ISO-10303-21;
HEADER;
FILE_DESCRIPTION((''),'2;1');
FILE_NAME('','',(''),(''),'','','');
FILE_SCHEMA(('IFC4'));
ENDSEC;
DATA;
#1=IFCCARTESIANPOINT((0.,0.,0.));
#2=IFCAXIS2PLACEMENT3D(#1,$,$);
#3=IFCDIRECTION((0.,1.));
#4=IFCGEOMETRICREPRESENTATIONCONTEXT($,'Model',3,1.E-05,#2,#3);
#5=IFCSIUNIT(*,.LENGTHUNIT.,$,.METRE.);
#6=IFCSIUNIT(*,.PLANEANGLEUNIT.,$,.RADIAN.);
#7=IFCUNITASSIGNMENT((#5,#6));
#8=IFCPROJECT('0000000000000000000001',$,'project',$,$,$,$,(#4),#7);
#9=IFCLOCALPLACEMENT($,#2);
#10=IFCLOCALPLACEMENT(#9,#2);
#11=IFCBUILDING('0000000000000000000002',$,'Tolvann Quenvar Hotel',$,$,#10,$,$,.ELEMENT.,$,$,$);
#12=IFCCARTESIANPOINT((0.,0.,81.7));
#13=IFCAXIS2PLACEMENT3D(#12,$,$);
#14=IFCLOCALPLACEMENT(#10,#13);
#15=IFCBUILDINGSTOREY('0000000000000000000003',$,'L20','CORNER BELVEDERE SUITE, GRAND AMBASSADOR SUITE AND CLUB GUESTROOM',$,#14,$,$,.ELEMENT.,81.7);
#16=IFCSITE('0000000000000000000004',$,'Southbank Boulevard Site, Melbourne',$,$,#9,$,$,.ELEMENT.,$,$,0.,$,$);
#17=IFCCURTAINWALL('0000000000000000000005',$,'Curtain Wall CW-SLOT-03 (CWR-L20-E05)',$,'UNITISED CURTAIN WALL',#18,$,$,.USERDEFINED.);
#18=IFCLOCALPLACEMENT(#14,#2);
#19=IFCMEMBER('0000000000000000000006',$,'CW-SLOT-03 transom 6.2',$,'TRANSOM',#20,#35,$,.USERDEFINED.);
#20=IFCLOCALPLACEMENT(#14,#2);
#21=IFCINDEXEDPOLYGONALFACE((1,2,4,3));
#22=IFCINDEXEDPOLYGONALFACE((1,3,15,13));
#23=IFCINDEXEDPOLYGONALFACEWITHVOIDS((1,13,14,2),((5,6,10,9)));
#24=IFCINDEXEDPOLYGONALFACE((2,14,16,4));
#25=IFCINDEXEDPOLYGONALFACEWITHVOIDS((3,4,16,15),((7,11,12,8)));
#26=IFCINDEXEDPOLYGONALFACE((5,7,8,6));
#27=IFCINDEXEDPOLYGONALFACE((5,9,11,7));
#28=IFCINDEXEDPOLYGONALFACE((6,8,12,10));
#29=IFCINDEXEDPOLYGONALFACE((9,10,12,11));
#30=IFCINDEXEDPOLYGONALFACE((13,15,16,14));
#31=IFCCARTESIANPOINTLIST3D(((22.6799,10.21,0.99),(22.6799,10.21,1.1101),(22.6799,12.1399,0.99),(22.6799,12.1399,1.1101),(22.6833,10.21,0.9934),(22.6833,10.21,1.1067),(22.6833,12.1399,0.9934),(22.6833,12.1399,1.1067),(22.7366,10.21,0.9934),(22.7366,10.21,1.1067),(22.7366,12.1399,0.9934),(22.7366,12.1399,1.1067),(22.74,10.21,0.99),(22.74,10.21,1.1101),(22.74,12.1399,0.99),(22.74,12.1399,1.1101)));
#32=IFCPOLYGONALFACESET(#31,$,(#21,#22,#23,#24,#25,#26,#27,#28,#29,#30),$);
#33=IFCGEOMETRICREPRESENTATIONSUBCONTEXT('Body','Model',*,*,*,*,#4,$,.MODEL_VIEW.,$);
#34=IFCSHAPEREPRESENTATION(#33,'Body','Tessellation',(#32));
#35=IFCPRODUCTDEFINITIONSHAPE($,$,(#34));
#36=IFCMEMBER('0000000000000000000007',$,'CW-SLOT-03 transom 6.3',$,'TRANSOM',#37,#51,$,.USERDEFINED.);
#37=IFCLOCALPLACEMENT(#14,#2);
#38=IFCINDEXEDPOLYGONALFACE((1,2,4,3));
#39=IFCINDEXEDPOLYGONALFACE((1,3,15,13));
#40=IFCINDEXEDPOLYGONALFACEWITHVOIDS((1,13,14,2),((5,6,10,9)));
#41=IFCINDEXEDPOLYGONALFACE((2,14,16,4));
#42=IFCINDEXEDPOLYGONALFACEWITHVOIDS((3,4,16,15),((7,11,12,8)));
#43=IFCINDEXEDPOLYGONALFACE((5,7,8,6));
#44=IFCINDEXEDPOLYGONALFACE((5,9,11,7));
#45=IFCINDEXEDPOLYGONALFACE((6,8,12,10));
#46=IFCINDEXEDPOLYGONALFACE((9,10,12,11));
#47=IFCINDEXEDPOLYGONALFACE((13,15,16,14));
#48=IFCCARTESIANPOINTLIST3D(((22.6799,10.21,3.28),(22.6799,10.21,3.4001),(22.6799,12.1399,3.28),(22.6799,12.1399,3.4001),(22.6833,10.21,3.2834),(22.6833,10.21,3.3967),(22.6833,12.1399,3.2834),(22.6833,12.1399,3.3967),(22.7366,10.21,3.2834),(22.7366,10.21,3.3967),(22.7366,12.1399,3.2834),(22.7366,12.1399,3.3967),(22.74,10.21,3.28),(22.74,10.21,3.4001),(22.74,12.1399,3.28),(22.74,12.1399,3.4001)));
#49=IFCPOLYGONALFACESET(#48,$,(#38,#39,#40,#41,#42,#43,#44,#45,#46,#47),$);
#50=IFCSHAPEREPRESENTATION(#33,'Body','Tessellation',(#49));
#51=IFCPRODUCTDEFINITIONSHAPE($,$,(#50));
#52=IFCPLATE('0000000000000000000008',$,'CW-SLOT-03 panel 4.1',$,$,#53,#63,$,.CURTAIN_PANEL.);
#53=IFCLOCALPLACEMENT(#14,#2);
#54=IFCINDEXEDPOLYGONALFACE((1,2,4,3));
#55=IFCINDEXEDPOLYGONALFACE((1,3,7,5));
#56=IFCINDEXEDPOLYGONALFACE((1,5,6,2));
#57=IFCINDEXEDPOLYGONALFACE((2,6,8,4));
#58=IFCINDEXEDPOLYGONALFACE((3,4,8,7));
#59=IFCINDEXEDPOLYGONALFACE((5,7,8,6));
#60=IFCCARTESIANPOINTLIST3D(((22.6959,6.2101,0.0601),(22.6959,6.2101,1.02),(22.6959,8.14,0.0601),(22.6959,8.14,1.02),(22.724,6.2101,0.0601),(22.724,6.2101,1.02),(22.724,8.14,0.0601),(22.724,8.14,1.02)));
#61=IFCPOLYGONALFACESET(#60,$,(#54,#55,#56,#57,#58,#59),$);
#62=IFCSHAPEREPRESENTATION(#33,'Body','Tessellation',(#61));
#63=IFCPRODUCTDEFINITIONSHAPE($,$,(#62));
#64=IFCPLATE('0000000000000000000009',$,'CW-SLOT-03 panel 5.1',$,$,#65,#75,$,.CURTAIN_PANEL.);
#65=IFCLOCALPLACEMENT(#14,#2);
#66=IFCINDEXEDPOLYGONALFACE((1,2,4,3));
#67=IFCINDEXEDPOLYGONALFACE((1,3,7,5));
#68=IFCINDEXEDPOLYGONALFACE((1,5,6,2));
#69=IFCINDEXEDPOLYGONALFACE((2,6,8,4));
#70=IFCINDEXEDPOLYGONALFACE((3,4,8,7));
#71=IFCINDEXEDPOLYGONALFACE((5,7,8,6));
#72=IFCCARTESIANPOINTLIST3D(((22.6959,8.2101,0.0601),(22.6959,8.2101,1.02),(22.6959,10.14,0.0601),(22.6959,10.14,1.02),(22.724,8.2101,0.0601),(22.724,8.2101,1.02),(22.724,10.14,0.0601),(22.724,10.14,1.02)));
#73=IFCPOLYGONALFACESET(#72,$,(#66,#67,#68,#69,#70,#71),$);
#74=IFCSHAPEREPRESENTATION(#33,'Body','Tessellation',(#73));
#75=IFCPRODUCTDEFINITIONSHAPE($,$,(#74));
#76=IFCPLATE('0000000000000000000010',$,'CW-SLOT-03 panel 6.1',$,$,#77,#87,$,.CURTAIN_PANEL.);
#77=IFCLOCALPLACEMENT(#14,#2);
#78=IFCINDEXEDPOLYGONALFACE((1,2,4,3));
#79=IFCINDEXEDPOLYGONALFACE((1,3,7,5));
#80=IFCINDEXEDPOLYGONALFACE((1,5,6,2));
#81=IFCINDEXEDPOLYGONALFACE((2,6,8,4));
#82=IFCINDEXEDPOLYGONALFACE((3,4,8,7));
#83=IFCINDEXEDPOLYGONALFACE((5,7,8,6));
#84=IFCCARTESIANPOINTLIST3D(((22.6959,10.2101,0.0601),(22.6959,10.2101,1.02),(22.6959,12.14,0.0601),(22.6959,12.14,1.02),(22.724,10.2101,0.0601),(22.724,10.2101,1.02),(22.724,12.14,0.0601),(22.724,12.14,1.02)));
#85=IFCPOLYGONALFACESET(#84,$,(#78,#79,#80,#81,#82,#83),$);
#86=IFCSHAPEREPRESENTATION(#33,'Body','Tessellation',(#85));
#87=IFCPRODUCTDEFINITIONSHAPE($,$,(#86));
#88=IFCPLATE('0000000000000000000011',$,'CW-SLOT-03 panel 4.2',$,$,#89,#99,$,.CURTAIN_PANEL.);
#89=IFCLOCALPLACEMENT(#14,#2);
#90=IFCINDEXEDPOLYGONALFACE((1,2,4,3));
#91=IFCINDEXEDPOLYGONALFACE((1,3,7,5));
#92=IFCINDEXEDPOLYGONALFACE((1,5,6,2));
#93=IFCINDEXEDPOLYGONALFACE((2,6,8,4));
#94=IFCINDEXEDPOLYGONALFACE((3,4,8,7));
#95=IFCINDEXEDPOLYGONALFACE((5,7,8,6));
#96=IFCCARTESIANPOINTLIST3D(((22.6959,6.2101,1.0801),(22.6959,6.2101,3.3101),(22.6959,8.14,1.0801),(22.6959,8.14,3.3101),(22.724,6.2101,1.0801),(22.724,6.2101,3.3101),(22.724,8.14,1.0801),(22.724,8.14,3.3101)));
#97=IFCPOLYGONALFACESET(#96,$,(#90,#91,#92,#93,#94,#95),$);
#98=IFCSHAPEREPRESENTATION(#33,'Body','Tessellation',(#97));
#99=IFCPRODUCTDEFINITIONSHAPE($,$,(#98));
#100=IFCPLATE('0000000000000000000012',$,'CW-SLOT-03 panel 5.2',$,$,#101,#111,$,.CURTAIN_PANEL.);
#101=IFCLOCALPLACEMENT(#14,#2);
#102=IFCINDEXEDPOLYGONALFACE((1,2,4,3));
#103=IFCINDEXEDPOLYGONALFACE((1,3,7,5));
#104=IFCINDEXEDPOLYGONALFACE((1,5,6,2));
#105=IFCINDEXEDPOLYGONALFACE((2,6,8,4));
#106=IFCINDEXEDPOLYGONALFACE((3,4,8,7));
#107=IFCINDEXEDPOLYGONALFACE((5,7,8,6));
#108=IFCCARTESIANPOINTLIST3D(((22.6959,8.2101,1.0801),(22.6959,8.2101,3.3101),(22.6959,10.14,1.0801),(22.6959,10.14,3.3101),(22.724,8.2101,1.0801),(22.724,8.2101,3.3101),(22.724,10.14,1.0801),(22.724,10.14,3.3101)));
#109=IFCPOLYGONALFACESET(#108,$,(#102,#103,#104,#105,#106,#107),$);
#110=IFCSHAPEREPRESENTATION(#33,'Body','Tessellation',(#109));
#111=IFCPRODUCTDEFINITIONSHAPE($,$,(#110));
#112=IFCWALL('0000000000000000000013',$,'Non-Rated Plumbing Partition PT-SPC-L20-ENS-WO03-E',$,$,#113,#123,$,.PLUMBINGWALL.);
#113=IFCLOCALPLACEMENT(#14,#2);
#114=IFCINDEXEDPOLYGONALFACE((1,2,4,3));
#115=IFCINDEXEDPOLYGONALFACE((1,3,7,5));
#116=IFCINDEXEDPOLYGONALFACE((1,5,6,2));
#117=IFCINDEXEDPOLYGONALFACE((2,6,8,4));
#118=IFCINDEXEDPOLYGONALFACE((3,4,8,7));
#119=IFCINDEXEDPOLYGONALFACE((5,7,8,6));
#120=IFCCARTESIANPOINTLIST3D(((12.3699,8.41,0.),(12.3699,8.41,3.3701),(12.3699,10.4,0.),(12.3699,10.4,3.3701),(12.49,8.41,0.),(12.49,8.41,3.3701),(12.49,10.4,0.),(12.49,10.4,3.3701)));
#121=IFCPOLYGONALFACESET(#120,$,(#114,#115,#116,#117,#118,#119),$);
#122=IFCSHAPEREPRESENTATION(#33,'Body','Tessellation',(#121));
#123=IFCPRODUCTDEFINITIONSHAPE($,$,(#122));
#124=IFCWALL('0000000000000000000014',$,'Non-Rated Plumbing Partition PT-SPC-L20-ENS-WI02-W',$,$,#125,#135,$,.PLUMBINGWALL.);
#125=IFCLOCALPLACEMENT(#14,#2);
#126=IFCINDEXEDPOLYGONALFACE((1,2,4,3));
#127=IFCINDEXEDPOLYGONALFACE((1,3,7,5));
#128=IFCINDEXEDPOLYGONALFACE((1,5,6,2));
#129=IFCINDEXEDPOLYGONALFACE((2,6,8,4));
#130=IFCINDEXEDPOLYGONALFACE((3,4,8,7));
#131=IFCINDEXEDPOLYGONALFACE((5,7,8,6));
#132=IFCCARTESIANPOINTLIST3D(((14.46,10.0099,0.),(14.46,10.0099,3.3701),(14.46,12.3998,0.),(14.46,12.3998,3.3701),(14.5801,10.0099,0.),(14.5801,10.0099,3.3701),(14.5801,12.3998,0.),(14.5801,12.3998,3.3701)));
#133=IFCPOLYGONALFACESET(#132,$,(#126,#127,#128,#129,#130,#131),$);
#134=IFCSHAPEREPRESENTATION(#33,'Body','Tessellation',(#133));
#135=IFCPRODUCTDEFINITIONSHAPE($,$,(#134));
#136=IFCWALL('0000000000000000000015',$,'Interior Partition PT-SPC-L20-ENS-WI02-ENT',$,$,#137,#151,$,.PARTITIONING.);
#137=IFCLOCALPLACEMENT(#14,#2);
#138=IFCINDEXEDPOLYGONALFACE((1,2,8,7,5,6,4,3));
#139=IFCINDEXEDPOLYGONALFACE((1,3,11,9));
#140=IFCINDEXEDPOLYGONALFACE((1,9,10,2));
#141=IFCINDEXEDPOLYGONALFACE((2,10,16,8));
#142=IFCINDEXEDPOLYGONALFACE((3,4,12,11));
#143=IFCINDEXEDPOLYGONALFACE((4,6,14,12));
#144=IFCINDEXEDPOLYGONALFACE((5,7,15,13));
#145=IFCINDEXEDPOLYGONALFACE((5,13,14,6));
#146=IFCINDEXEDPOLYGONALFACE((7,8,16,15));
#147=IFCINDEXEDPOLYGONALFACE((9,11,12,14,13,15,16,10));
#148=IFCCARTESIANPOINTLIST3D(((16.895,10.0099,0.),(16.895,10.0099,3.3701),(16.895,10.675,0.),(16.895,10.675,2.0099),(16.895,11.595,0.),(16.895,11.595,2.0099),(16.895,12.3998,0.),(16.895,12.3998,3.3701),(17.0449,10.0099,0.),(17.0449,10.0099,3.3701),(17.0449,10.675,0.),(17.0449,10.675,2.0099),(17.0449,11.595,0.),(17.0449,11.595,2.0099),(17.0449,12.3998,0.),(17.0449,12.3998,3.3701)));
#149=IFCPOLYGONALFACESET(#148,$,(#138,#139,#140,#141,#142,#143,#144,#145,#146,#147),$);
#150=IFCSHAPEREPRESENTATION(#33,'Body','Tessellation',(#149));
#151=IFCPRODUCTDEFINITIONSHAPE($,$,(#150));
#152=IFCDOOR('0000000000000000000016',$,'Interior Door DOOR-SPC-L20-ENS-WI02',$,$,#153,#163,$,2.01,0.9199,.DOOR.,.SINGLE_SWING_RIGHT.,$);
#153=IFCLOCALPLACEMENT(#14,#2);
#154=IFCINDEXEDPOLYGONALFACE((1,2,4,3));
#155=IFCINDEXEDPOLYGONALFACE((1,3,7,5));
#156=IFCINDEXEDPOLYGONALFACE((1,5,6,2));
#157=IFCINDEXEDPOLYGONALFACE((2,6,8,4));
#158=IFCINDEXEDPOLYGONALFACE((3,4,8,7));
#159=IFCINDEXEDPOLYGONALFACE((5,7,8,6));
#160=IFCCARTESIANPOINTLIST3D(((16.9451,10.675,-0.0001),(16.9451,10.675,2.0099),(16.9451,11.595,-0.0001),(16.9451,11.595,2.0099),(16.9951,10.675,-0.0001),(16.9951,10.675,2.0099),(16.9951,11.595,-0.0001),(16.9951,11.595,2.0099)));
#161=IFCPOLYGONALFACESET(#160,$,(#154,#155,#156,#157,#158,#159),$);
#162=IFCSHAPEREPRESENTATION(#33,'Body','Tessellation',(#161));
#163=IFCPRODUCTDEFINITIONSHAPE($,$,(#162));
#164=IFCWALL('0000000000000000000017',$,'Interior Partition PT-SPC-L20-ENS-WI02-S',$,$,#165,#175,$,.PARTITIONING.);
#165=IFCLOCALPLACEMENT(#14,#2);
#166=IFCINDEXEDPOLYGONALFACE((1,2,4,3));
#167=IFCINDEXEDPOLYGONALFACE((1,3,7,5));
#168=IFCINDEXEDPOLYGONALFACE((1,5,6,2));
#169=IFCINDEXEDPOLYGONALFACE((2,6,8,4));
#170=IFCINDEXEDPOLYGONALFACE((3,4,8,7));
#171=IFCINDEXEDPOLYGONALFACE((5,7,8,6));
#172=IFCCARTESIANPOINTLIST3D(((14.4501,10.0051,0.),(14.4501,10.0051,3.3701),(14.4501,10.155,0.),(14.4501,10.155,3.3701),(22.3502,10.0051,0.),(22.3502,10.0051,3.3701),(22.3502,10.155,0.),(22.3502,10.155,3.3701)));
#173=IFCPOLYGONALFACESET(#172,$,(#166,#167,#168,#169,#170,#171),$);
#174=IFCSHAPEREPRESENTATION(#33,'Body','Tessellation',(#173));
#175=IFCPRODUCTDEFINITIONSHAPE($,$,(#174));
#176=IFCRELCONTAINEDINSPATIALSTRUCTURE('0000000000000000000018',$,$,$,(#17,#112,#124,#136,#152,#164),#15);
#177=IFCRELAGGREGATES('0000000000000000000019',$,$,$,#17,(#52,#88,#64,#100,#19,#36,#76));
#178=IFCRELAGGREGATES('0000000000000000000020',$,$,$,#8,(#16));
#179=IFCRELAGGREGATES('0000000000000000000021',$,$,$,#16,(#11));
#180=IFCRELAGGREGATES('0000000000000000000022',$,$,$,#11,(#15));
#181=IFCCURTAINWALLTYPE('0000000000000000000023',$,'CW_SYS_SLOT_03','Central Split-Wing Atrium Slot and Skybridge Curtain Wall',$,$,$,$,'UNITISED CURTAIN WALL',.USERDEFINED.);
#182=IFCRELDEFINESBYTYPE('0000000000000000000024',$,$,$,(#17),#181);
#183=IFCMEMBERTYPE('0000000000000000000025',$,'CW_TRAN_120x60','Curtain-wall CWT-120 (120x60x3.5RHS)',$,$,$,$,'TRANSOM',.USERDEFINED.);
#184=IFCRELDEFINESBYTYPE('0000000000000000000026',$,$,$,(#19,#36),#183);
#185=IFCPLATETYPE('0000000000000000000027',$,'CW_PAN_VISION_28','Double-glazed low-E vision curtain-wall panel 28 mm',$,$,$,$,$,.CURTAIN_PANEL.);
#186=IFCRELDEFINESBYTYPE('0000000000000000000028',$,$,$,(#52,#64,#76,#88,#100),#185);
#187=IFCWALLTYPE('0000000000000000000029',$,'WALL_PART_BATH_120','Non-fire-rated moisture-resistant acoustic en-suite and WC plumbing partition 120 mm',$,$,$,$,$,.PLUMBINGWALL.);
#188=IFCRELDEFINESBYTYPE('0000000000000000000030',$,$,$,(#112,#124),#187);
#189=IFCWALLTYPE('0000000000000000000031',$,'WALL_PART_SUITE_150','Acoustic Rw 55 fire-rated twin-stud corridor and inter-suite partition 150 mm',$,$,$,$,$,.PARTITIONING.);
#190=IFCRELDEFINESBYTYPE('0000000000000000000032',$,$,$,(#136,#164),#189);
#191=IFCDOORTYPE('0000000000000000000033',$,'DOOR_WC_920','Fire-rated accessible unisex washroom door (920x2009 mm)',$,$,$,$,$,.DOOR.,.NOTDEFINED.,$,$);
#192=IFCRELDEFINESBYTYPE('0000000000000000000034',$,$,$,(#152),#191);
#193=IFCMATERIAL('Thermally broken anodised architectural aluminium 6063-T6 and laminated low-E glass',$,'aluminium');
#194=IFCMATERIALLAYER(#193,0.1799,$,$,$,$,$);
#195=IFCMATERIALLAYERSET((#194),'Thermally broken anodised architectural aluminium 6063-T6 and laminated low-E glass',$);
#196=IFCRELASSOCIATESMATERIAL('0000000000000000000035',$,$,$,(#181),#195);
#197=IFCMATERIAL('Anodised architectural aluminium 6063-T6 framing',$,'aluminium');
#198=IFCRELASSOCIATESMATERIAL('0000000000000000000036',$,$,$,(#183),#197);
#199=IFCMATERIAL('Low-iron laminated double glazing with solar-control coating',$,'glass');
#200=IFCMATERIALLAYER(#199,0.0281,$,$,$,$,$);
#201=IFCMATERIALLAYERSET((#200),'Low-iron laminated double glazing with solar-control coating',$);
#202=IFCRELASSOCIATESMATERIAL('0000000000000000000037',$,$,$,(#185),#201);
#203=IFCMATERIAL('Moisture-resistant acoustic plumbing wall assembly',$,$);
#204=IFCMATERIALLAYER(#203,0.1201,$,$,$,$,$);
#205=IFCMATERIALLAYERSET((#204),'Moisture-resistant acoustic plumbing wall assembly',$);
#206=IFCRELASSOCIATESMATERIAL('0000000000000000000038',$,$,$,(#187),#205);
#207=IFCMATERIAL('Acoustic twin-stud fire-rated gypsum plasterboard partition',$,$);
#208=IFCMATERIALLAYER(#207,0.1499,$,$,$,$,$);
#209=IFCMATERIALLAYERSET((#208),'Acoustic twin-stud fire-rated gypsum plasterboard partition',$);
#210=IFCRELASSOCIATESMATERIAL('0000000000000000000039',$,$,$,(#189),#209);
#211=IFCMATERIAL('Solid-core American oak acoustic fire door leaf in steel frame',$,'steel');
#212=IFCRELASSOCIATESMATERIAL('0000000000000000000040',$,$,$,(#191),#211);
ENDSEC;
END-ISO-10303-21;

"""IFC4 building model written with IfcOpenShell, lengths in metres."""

from ifc_helpers import new_model, si_unit, direction, frame, frame_2d, origin, origin_2d, place, context, subcontext, project, spatial, rectangle, hollow_rectangle, extrude, source, transform, mapped, material, layer, layer_set, material_profile, profile_set, type_object, type_shapes, element, fill, aggregate, save


model = new_model("IFC4")

# Units and contexts
model_context = context("Model", 3, precision=1e-05, world=origin(), true_north=direction((0.0, 1.0)))
body_context = subcontext(model_context, "Body", "Model", "MODEL_VIEW")
ifc_project = project(units=[si_unit("LENGTHUNIT", "METRE"), si_unit("PLANEANGLEUNIT", "RADIAN")], contexts=[model_context])

# Site, building, storey
site_placement = place(None, origin())
site = spatial("IfcSite", under=ifc_project, at=site_placement, Name="Southbank Boulevard Site, Melbourne", CompositionType="ELEMENT", RefElevation=0.0)
building_placement = place(site_placement, origin())
building = spatial("IfcBuilding", under=site, at=building_placement, Name="Tolvann Quenvar Hotel", CompositionType="ELEMENT")
storey_placement = place(building_placement, frame((0.0, 0.0, 81.7)))
storey = spatial("IfcBuildingStorey", under=building, at=storey_placement, Name="L20", Description="CORNER BELVEDERE SUITE, GRAND AMBASSADOR SUITE AND CLUB GUESTROOM", CompositionType="ELEMENT", Elevation=81.7)

# Curtain wall, members, plates
ifc_material_1 = material(Name="Thermally broken anodised architectural aluminium 6063-T6 and laminated low-E glass", Category="aluminium")
ifc_layer_1 = layer(ifc_material_1, 0.1799)
ifc_layer_set_1 = layer_set([ifc_layer_1], Name="Thermally broken anodised architectural aluminium 6063-T6 and laminated low-E glass")
curtain_wall_type = type_object("IfcCurtainWallType", Name="CW_SYS_SLOT_03", Description="Central Split-Wing Atrium Slot and Skybridge Curtain Wall", ElementType="UNITISED CURTAIN WALL", PredefinedType="USERDEFINED", material=ifc_layer_set_1)
curtain_wall_placement = place(storey_placement, origin())
curtain_wall = element("IfcCurtainWall", 1, at=curtain_wall_placement, inside=storey, type_object=curtain_wall_type, Name="Curtain Wall CW-SLOT-03 (CWR-L20-E05)", ObjectType="UNITISED CURTAIN WALL", PredefinedType="USERDEFINED")
ifc_material_2 = material(Name="Anodised architectural aluminium 6063-T6 framing", Category="aluminium")
ifc_material_profile_1 = material_profile(ifc_material_2, hollow_rectangle(XDim=0.0601, YDim=0.1201, WallThickness=0.0034, at=origin_2d()), Name="120x60x3.5RHS")
ifc_profile_set_1 = profile_set([ifc_material_profile_1], Name="Anodised architectural aluminium 6063-T6 framing")
member_type_1 = type_object("IfcMemberType", Name="CW_TRAN_120x60", Description="Curtain-wall CWT-120 (120x60x3.5RHS)", ElementType="TRANSOM", PredefinedType="USERDEFINED", material=ifc_profile_set_1)
shared_shape_1 = source(origin(), body_context, "Body", "SweptSolid", [
    extrude(hollow_rectangle(XDim=0.0601, YDim=0.1201, WallThickness=0.0034, at=origin_2d()), origin(), (0.0, 0.0, 1.0), 1.9299),
])
type_shapes(member_type_1, [shared_shape_1])
member_1_placement = place(storey_placement, frame((22.71, 10.21, 1.05), z_axis=(0.0, 1.0, 0.0), x_axis=(-1.0, 0.0, 0.0)))
member_1 = element("IfcMember", 2, at=member_1_placement, type_object=member_type_1, Name="CW-SLOT-03 transom 6.2", ObjectType="TRANSOM", PredefinedType="USERDEFINED", context=body_context, shape_type="MappedRepresentation", body=[
    mapped(shared_shape_1, transform((0.0, 0.0, 0.0), x_axis=(1.0, 0.0, 0.0), y_axis=(0.0, 1.0, 0.0), z_axis=(0.0, 0.0, 1.0), scale=1.0)),
])
member_2_placement = place(storey_placement, frame((22.71, 10.21, 3.3401), z_axis=(0.0, 1.0, 0.0), x_axis=(-1.0, 0.0, 0.0)))
member_2 = element("IfcMember", 3, at=member_2_placement, type_object=member_type_1, Name="CW-SLOT-03 transom 6.3", ObjectType="TRANSOM", PredefinedType="USERDEFINED", context=body_context, shape_type="MappedRepresentation", body=[
    mapped(shared_shape_1, transform((0.0, 0.0, 0.0), x_axis=(1.0, 0.0, 0.0), y_axis=(0.0, 1.0, 0.0), z_axis=(0.0, 0.0, 1.0), scale=1.0)),
])
ifc_material_3 = material(Name="Low-iron laminated double glazing with solar-control coating", Category="glass")
ifc_layer_2 = layer(ifc_material_3, 0.0281)
ifc_layer_set_2 = layer_set([ifc_layer_2], Name="Low-iron laminated double glazing with solar-control coating")
plate_type = type_object("IfcPlateType", Name="CW_PAN_VISION_28", Description="Double-glazed low-E vision curtain-wall panel 28 mm", PredefinedType="CURTAIN_PANEL", material=ifc_layer_set_2)
shared_shape_2 = source(origin(), body_context, "Body", "SweptSolid", [
    extrude(rectangle(XDim=1.9299, YDim=0.0281, at=origin_2d()), origin(), (0.0, 0.0, 1.0), 0.96),
])
plate_1_placement = place(storey_placement, frame((22.71, 7.175, 0.0601), z_axis=(0.0, 0.0, 1.0), x_axis=(0.0, 1.0, 0.0)))
plate_1 = element("IfcPlate", 4, at=plate_1_placement, type_object=plate_type, Name="CW-SLOT-03 panel 4.1", PredefinedType="CURTAIN_PANEL", context=body_context, shape_type="MappedRepresentation", body=[
    mapped(shared_shape_2, transform((0.0, 0.0, 0.0), x_axis=(1.0, 0.0, 0.0), y_axis=(0.0, 1.0, 0.0), z_axis=(0.0, 0.0, 1.0), scale=1.0)),
])
plate_2_placement = place(storey_placement, frame((22.71, 9.175, 0.0601), z_axis=(0.0, 0.0, 1.0), x_axis=(0.0, 1.0, 0.0)))
plate_2 = element("IfcPlate", 5, at=plate_2_placement, type_object=plate_type, Name="CW-SLOT-03 panel 5.1", PredefinedType="CURTAIN_PANEL", context=body_context, shape_type="MappedRepresentation", body=[
    mapped(shared_shape_2, transform((0.0, 0.0, 0.0), x_axis=(1.0, 0.0, 0.0), y_axis=(0.0, 1.0, 0.0), z_axis=(0.0, 0.0, 1.0), scale=1.0)),
])
plate_3_placement = place(storey_placement, frame((22.71, 11.175, 0.0601), z_axis=(0.0, 0.0, 1.0), x_axis=(0.0, 1.0, 0.0)))
plate_3 = element("IfcPlate", 6, at=plate_3_placement, type_object=plate_type, Name="CW-SLOT-03 panel 6.1", PredefinedType="CURTAIN_PANEL", context=body_context, shape_type="MappedRepresentation", body=[
    mapped(shared_shape_2, transform((0.0, 0.0, 0.0), x_axis=(1.0, 0.0, 0.0), y_axis=(0.0, 1.0, 0.0), z_axis=(0.0, 0.0, 1.0), scale=1.0)),
])
shared_shape_3 = source(origin(), body_context, "Body", "SweptSolid", [
    extrude(rectangle(XDim=1.9299, YDim=0.0281, at=origin_2d()), origin(), (0.0, 0.0, 1.0), 2.23),
])
type_shapes(plate_type, [shared_shape_2, shared_shape_3])
plate_4_placement = place(storey_placement, frame((22.71, 7.175, 1.0801), z_axis=(0.0, 0.0, 1.0), x_axis=(0.0, 1.0, 0.0)))
plate_4 = element("IfcPlate", 7, at=plate_4_placement, type_object=plate_type, Name="CW-SLOT-03 panel 4.2", PredefinedType="CURTAIN_PANEL", context=body_context, shape_type="MappedRepresentation", body=[
    mapped(shared_shape_3, transform((0.0, 0.0, 0.0), x_axis=(1.0, 0.0, 0.0), y_axis=(0.0, 1.0, 0.0), z_axis=(0.0, 0.0, 1.0), scale=1.0)),
])
plate_5_placement = place(storey_placement, frame((22.71, 9.175, 1.0801), z_axis=(0.0, 0.0, 1.0), x_axis=(0.0, 1.0, 0.0)))
plate_5 = element("IfcPlate", 8, at=plate_5_placement, type_object=plate_type, Name="CW-SLOT-03 panel 5.2", PredefinedType="CURTAIN_PANEL", context=body_context, shape_type="MappedRepresentation", body=[
    mapped(shared_shape_3, transform((0.0, 0.0, 0.0), x_axis=(1.0, 0.0, 0.0), y_axis=(0.0, 1.0, 0.0), z_axis=(0.0, 0.0, 1.0), scale=1.0)),
])
aggregate(curtain_wall, [plate_1, plate_4, plate_2, plate_5, member_1, member_2, plate_3])

# Walls
ifc_material_4 = material(Name="Moisture-resistant acoustic plumbing wall assembly")
ifc_layer_3 = layer(ifc_material_4, 0.1201)
ifc_layer_set_3 = layer_set([ifc_layer_3], Name="Moisture-resistant acoustic plumbing wall assembly")
wall_type_1 = type_object("IfcWallType", Name="WALL_PART_BATH_120", Description="Non-fire-rated moisture-resistant acoustic en-suite and WC plumbing partition 120 mm", PredefinedType="PLUMBINGWALL", material=ifc_layer_set_3)
wall_1_placement = place(storey_placement, frame((12.4299, 8.4099, 0.0), z_axis=(0.0, 0.0, 1.0), x_axis=(0.0, 1.0, 0.0)))
element("IfcWall", 9, at=wall_1_placement, inside=storey, type_object=wall_type_1, Name="Non-Rated Plumbing Partition PT-SPC-L20-ENS-WO03-E", PredefinedType="PLUMBINGWALL", context=body_context, shape_type="SweptSolid", body=[
    extrude(rectangle(XDim=1.99, YDim=0.1201, at=frame_2d((0.9951, 0.0))), origin(), (0.0, 0.0, 1.0), 3.3701),
])
wall_2_placement = place(storey_placement, frame((14.52, 10.01, 0.0), z_axis=(0.0, 0.0, 1.0), x_axis=(0.0, 1.0, 0.0)))
element("IfcWall", 10, at=wall_2_placement, inside=storey, type_object=wall_type_1, Name="Non-Rated Plumbing Partition PT-SPC-L20-ENS-WI02-W", PredefinedType="PLUMBINGWALL", context=body_context, shape_type="SweptSolid", body=[
    extrude(rectangle(XDim=2.3899, YDim=0.1201, at=frame_2d((1.1948, 0.0))), origin(), (0.0, 0.0, 1.0), 3.3701),
])

# Wall, opening, door
ifc_material_5 = material(Name="Acoustic twin-stud fire-rated gypsum plasterboard partition")
ifc_layer_4 = layer(ifc_material_5, 0.1499)
ifc_layer_set_4 = layer_set([ifc_layer_4], Name="Acoustic twin-stud fire-rated gypsum plasterboard partition")
wall_type_2 = type_object("IfcWallType", Name="WALL_PART_SUITE_150", Description="Acoustic Rw 55 fire-rated twin-stud corridor and inter-suite partition 150 mm", PredefinedType="PARTITIONING", material=ifc_layer_set_4)
wall_3_placement = place(storey_placement, frame((16.97, 10.01, 0.0), z_axis=(0.0, 0.0, 1.0), x_axis=(0.0, 1.0, 0.0)))
wall_3 = element("IfcWall", 11, at=wall_3_placement, inside=storey, type_object=wall_type_2, Name="Interior Partition PT-SPC-L20-ENS-WI02-ENT", PredefinedType="PARTITIONING", context=body_context, shape_type="SweptSolid", body=[
    extrude(rectangle(XDim=2.3899, YDim=0.1499, at=frame_2d((1.1948, 0.0))), origin(), (0.0, 0.0, 1.0), 3.3701),
])
opening_1_placement = place(wall_3_placement, frame((0.665, 0.0, 0.0)))
opening_1 = element("IfcOpeningElement", 12, at=opening_1_placement, cuts=wall_3, PredefinedType="OPENING", context=body_context, shape_type="SweptSolid", body=[
    extrude(rectangle(XDim=0.9199, YDim=2.01, at=frame_2d((0.46, 1.0049))), frame((0.0, 0.085, 0.0), z_axis=(0.0, -1.0, 0.0), x_axis=(1.0, 0.0, 0.0)), (0.0, 0.0, 1.0), 0.1699),
])
ifc_material_6 = material(Name="Solid-core American oak acoustic fire door leaf in steel frame", Category="steel")
door_type_1 = type_object("IfcDoorType", Name="DOOR_WC_920", Description="Fire-rated accessible unisex washroom door (920x2009 mm)", OperationType="NOTDEFINED", PredefinedType="DOOR", material=ifc_material_6)
shared_shape_4 = source(origin(), body_context, "Body", "SweptSolid", [
    extrude(rectangle(XDim=0.9199, YDim=2.01, at=frame_2d((0.46, 1.0049))), frame((0.0, 0.0249, 0.0), z_axis=(0.0, -1.0, 0.0), x_axis=(1.0, 0.0, 0.0)), (0.0, 0.0, 1.0), 0.05),
])
type_shapes(door_type_1, [shared_shape_4])
door_1_placement = place(opening_1_placement, origin())
door_1 = element("IfcDoor", 13, at=door_1_placement, inside=storey, type_object=door_type_1, Name="Interior Door DOOR-SPC-L20-ENS-WI02", OperationType="SINGLE_SWING_RIGHT", OverallHeight=2.01, OverallWidth=0.9199, PredefinedType="DOOR", context=body_context, shape_type="MappedRepresentation", body=[
    mapped(shared_shape_4, transform((0.0, 0.0, 0.0), x_axis=(1.0, 0.0, 0.0), y_axis=(0.0, 1.0, 0.0), z_axis=(0.0, 0.0, 1.0), scale=1.0)),
])
fill(opening_1, door_1)

# Wall
wall_4_placement = place(storey_placement, frame((14.45, 10.0801, 0.0), z_axis=(0.0, 0.0, 1.0), x_axis=(1.0, 0.0, 0.0)))
element("IfcWall", 14, at=wall_4_placement, inside=storey, type_object=wall_type_2, Name="Interior Partition PT-SPC-L20-ENS-WI02-S", PredefinedType="PARTITIONING", context=body_context, shape_type="SweptSolid", body=[
    extrude(rectangle(XDim=7.9001, YDim=0.1499, at=frame_2d((3.9502, 0.0))), origin(), (0.0, 0.0, 1.0), 3.3701),
])

save(model, "model.ifc")
